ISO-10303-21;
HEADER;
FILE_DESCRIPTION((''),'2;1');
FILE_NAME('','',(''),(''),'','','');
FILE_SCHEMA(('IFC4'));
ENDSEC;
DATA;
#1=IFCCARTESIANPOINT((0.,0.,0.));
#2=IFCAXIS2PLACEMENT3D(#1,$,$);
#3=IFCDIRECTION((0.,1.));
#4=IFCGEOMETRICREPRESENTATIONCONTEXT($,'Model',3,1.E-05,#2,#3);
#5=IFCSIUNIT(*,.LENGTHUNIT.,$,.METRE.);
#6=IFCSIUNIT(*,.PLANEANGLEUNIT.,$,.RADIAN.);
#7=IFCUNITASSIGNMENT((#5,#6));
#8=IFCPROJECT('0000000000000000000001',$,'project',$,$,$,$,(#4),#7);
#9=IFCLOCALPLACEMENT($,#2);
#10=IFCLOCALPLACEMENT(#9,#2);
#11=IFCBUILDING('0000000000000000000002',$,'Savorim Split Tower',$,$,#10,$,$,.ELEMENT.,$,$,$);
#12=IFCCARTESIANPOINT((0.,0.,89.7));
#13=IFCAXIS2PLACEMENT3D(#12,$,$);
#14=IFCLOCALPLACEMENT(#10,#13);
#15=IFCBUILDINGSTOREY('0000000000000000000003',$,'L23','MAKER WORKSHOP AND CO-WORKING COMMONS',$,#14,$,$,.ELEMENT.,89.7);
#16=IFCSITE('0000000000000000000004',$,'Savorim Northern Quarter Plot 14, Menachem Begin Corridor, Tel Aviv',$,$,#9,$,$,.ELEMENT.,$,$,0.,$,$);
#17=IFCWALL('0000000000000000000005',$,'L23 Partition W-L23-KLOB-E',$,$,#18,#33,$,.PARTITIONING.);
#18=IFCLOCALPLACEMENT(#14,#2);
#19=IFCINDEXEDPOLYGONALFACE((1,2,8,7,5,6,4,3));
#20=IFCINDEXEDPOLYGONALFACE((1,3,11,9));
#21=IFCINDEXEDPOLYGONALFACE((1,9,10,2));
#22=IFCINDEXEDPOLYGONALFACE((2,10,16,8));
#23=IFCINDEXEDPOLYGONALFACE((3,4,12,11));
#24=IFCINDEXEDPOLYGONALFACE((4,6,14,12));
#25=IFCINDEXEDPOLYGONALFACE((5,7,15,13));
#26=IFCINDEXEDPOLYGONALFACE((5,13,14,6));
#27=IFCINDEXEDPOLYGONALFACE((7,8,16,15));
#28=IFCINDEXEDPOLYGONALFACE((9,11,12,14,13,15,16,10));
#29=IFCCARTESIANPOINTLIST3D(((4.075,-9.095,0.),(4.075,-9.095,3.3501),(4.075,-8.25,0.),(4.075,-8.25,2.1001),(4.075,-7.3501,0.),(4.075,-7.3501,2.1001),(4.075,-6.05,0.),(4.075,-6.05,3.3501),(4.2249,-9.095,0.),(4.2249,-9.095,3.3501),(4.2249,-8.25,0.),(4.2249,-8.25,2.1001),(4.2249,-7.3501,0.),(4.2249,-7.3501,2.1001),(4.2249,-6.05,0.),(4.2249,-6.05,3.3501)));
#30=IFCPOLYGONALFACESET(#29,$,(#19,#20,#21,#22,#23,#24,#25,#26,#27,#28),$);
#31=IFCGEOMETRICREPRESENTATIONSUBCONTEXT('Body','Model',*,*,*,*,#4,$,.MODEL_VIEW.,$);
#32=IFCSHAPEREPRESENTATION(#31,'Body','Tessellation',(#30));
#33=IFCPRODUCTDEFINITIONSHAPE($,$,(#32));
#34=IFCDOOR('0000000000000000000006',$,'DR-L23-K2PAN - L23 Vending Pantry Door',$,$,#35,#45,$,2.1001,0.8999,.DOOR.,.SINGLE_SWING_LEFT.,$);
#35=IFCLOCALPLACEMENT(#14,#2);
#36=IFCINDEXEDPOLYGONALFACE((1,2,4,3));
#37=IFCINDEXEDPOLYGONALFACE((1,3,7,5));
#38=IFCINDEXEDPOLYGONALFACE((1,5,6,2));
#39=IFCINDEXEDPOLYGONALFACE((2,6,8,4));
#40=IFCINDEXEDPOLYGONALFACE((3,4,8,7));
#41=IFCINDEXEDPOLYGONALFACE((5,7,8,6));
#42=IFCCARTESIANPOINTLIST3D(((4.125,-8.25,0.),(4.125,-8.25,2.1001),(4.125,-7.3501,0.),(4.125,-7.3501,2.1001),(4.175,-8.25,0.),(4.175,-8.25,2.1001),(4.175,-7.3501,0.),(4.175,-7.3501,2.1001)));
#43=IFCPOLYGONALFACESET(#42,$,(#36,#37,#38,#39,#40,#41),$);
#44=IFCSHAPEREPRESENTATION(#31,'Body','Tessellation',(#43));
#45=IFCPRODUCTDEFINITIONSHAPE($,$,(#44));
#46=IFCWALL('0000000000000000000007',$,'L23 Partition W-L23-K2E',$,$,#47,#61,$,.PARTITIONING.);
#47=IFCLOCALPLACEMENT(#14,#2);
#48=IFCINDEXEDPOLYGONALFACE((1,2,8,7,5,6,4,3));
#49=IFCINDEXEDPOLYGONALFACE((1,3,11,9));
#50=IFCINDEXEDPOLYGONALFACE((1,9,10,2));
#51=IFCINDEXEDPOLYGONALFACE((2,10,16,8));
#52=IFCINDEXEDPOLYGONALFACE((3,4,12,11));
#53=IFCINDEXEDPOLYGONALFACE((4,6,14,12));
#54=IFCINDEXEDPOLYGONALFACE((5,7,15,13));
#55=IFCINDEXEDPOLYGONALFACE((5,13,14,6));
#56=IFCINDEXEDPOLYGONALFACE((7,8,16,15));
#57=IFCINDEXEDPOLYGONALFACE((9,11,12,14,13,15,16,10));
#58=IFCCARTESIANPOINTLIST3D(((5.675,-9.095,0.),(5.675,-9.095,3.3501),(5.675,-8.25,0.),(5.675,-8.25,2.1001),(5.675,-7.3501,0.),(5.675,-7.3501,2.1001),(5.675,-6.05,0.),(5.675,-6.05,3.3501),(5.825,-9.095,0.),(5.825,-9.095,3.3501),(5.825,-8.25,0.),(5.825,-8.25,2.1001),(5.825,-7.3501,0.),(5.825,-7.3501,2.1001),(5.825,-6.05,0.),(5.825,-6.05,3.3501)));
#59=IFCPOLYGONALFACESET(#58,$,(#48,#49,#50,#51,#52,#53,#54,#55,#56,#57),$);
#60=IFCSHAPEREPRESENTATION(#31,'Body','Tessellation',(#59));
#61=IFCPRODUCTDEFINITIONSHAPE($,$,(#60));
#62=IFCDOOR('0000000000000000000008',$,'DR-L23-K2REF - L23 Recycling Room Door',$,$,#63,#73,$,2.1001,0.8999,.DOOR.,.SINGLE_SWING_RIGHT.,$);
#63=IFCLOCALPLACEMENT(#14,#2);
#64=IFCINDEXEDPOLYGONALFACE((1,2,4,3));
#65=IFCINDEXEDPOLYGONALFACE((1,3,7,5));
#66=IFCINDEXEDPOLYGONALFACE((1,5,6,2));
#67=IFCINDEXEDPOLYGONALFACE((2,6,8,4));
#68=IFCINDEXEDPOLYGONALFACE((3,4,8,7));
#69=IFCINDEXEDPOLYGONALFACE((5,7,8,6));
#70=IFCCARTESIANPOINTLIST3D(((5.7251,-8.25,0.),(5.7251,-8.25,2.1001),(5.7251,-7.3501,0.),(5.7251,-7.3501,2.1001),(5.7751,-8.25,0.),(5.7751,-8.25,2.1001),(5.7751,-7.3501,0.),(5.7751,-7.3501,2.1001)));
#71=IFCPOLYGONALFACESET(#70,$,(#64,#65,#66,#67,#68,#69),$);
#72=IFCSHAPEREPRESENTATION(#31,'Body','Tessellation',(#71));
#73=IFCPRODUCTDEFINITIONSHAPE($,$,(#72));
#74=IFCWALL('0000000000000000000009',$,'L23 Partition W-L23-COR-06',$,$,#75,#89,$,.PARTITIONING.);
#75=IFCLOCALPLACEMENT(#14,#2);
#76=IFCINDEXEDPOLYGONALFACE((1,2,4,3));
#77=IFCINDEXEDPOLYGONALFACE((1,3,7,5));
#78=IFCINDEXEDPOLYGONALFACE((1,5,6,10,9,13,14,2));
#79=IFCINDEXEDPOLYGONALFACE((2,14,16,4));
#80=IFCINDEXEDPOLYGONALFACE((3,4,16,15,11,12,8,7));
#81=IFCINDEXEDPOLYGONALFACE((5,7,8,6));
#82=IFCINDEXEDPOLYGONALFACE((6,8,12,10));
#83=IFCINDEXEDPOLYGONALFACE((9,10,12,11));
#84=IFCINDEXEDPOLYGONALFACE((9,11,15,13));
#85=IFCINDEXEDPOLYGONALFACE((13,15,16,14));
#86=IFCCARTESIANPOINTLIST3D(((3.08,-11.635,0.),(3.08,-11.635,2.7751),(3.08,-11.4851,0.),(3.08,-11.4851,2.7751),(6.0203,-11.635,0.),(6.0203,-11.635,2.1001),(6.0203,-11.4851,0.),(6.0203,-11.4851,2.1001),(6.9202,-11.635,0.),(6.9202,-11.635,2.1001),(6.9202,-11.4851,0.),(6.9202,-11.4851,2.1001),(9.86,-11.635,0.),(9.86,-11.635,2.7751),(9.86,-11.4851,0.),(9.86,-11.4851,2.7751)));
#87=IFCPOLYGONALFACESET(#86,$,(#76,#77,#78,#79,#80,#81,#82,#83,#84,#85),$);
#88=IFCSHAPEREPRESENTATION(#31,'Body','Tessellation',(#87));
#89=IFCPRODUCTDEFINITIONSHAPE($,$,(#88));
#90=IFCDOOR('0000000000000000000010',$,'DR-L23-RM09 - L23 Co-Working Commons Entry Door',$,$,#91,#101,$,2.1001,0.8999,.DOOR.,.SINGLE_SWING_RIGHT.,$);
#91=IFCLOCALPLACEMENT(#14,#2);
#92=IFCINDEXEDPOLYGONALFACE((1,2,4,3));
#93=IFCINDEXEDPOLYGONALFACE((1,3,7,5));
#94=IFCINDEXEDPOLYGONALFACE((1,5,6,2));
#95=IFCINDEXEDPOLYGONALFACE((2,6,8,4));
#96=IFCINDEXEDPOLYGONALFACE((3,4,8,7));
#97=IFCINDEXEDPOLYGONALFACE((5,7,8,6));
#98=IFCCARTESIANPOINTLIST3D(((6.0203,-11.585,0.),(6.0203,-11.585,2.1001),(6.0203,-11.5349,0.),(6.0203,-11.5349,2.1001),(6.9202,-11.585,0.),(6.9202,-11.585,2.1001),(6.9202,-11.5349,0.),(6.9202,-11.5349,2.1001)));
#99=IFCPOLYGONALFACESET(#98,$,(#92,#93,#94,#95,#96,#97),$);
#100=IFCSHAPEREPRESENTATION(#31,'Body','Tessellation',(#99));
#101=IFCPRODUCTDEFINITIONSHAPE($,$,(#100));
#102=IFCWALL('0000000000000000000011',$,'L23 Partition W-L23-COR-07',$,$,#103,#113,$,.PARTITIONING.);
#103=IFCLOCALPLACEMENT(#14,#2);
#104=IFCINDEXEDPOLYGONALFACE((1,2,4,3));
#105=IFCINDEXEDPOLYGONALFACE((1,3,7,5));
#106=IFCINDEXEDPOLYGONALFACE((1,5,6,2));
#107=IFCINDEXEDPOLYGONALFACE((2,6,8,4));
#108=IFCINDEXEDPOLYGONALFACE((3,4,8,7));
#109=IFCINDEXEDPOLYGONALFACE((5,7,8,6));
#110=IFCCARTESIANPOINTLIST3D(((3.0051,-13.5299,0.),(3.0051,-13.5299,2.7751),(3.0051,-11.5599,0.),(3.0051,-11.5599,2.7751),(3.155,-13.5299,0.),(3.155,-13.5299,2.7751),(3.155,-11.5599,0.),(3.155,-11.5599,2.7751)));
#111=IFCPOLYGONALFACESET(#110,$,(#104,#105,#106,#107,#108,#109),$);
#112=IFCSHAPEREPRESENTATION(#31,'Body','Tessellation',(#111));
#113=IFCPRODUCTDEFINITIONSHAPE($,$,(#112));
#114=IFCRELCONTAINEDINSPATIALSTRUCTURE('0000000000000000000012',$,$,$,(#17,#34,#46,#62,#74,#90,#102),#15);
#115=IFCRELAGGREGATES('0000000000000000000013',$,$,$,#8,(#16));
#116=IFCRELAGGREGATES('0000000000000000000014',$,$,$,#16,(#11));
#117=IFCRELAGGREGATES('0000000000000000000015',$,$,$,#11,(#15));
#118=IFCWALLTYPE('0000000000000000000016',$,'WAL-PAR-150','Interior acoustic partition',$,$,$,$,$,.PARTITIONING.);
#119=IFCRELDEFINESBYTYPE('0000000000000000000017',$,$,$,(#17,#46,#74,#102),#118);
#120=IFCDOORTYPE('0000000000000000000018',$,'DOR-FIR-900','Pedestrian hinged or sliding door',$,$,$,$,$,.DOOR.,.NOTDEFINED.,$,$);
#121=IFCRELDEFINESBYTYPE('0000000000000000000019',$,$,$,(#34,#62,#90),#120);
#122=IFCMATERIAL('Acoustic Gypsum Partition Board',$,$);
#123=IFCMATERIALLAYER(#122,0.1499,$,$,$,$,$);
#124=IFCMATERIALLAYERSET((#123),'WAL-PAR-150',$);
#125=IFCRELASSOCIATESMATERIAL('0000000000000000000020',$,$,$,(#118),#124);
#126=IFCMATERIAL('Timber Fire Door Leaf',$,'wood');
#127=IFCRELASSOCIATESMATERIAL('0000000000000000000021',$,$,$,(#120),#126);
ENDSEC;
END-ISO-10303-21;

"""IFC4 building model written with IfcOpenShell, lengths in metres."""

from ifc_helpers import new_model, si_unit, direction, frame, frame_2d, origin, place, context, subcontext, project, spatial, rectangle, extrude, material, layer, layer_set, type_object, element, fill, save


model = new_model("IFC4")

# Units and contexts
model_context = context("Model", 3, precision=1e-05, world=origin(), true_north=direction((0.0, 1.0)))
body_context = subcontext(model_context, "Body", "Model", "MODEL_VIEW")
ifc_project = project(units=[si_unit("LENGTHUNIT", "METRE"), si_unit("PLANEANGLEUNIT", "RADIAN")], contexts=[model_context])

# Site, building, storey
site_placement = place(None, origin())
site = spatial("IfcSite", under=ifc_project, at=site_placement, Name="Savorim Northern Quarter Plot 14, Menachem Begin Corridor, Tel Aviv", CompositionType="ELEMENT", RefElevation=0.0)
building_placement = place(site_placement, origin())
building = spatial("IfcBuilding", under=site, at=building_placement, Name="Savorim Split Tower", CompositionType="ELEMENT")
storey_placement = place(building_placement, frame((0.0, 0.0, 89.7)))
storey = spatial("IfcBuildingStorey", under=building, at=storey_placement, Name="L23", Description="MAKER WORKSHOP AND CO-WORKING COMMONS", CompositionType="ELEMENT", Elevation=89.7)

# Shared definitions
ifc_material_1 = material(Name="Acoustic Gypsum Partition Board")
ifc_layer_1 = layer(ifc_material_1, 0.1499)
ifc_layer_set_1 = layer_set([ifc_layer_1], Name="WAL-PAR-150")
wall_type_1 = type_object("IfcWallType", Name="WAL-PAR-150", Description="Interior acoustic partition", PredefinedType="PARTITIONING", material=ifc_layer_set_1)

# Walls, openings, doors
wall_1_placement = place(storey_placement, frame((4.1499, -9.095, 0.0), z_axis=(0.0, 0.0, 1.0), x_axis=(0.0, 1.0, 0.0)))
wall_1 = element("IfcWall", 1, at=wall_1_placement, inside=storey, type_object=wall_type_1, Name="L23 Partition W-L23-KLOB-E", PredefinedType="PARTITIONING", context=body_context, shape_type="SweptSolid", body=[
    extrude(rectangle(XDim=3.0449, YDim=0.1499, at=frame_2d((1.5225, 0.0))), origin(), (0.0, 0.0, 1.0), 3.3501),
])
opening_1_placement = place(wall_1_placement, frame((0.845, 0.0, 0.0)))
opening_1 = element("IfcOpeningElement", 2, at=opening_1_placement, cuts=wall_1, PredefinedType="OPENING", context=body_context, shape_type="SweptSolid", body=[
    extrude(rectangle(XDim=0.8999, YDim=2.1001, at=frame_2d((0.45, 1.05))), frame((0.0, 0.085, 0.0), z_axis=(0.0, -1.0, 0.0), x_axis=(1.0, 0.0, 0.0)), (0.0, 0.0, 1.0), 0.1699),
])
ifc_material_2 = material(Name="Timber Fire Door Leaf", Category="wood")
door_type_1 = type_object("IfcDoorType", Name="DOR-FIR-900", Description="Pedestrian hinged or sliding door", OperationType="NOTDEFINED", PredefinedType="DOOR", material=ifc_material_2)
door_1_placement = place(opening_1_placement, origin())
door_1 = element("IfcDoor", 3, at=door_1_placement, inside=storey, type_object=door_type_1, Name="DR-L23-K2PAN - L23 Vending Pantry Door", OperationType="SINGLE_SWING_LEFT", OverallHeight=2.1001, OverallWidth=0.8999, PredefinedType="DOOR", context=body_context, shape_type="SweptSolid", body=[
    extrude(rectangle(XDim=0.8999, YDim=2.1001, at=frame_2d((0.45, 1.05))), frame((0.0, 0.0249, 0.0), z_axis=(0.0, -1.0, 0.0), x_axis=(1.0, 0.0, 0.0)), (0.0, 0.0, 1.0), 0.05),
])
fill(opening_1, door_1)
wall_2_placement = place(storey_placement, frame((5.75, -9.095, 0.0), z_axis=(0.0, 0.0, 1.0), x_axis=(0.0, 1.0, 0.0)))
wall_2 = element("IfcWall", 4, at=wall_2_placement, inside=storey, type_object=wall_type_1, Name="L23 Partition W-L23-K2E", PredefinedType="PARTITIONING", context=body_context, shape_type="SweptSolid", body=[
    extrude(rectangle(XDim=3.0449, YDim=0.1499, at=frame_2d((1.5225, 0.0))), origin(), (0.0, 0.0, 1.0), 3.3501),
])
opening_2_placement = place(wall_2_placement, frame((0.845, 0.0, 0.0)))
opening_2 = element("IfcOpeningElement", 5, at=opening_2_placement, cuts=wall_2, PredefinedType="OPENING", context=body_context, shape_type="SweptSolid", body=[
    extrude(rectangle(XDim=0.8999, YDim=2.1001, at=frame_2d((0.45, 1.05))), frame((0.0, 0.085, 0.0), z_axis=(0.0, -1.0, 0.0), x_axis=(1.0, 0.0, 0.0)), (0.0, 0.0, 1.0), 0.1699),
])
door_2_placement = place(opening_2_placement, origin())
door_2 = element("IfcDoor", 6, at=door_2_placement, inside=storey, type_object=door_type_1, Name="DR-L23-K2REF - L23 Recycling Room Door", OperationType="SINGLE_SWING_RIGHT", OverallHeight=2.1001, OverallWidth=0.8999, PredefinedType="DOOR", context=body_context, shape_type="SweptSolid", body=[
    extrude(rectangle(XDim=0.8999, YDim=2.1001, at=frame_2d((0.45, 1.05))), frame((0.0, 0.0249, 0.0), z_axis=(0.0, -1.0, 0.0), x_axis=(1.0, 0.0, 0.0)), (0.0, 0.0, 1.0), 0.05),
])
fill(opening_2, door_2)
wall_3_placement = place(storey_placement, frame((9.8601, -11.5601, 0.0), z_axis=(0.0, 0.0, 1.0), x_axis=(-1.0, 0.0, 0.0)))
wall_3 = element("IfcWall", 7, at=wall_3_placement, inside=storey, type_object=wall_type_1, Name="L23 Partition W-L23-COR-06", PredefinedType="PARTITIONING", context=body_context, shape_type="SweptSolid", body=[
    extrude(rectangle(XDim=6.78, YDim=0.1499, at=frame_2d((3.3901, 0.0))), origin(), (0.0, 0.0, 1.0), 2.7751),
])
opening_3_placement = place(wall_3_placement, frame((2.9399, 0.0, 0.0)))
opening_3 = element("IfcOpeningElement", 8, at=opening_3_placement, cuts=wall_3, PredefinedType="OPENING", context=body_context, shape_type="SweptSolid", body=[
    extrude(rectangle(XDim=0.8999, YDim=2.1001, at=frame_2d((0.45, 1.05))), frame((0.0, 0.085, 0.0), z_axis=(0.0, -1.0, 0.0), x_axis=(1.0, 0.0, 0.0)), (0.0, 0.0, 1.0), 0.1699),
])
door_3_placement = place(opening_3_placement, origin())
door_3 = element("IfcDoor", 9, at=door_3_placement, inside=storey, type_object=door_type_1, Name="DR-L23-RM09 - L23 Co-Working Commons Entry Door", OperationType="SINGLE_SWING_RIGHT", OverallHeight=2.1001, OverallWidth=0.8999, PredefinedType="DOOR", context=body_context, shape_type="SweptSolid", body=[
    extrude(rectangle(XDim=0.8999, YDim=2.1001, at=frame_2d((0.45, 1.05))), frame((0.0, 0.0249, 0.0), z_axis=(0.0, -1.0, 0.0), x_axis=(1.0, 0.0, 0.0)), (0.0, 0.0, 1.0), 0.05),
])
fill(opening_3, door_3)

# Wall
wall_4_placement = place(storey_placement, frame((3.0801, -11.5601, 0.0), z_axis=(0.0, 0.0, 1.0), x_axis=(0.0, -1.0, 0.0)))
element("IfcWall", 10, at=wall_4_placement, inside=storey, type_object=wall_type_1, Name="L23 Partition W-L23-COR-07", PredefinedType="PARTITIONING", context=body_context, shape_type="SweptSolid", body=[
    extrude(rectangle(XDim=1.97, YDim=0.1499, at=frame_2d((0.9849, 0.0))), origin(), (0.0, 0.0, 1.0), 2.7751),
])

save(model, "model.ifc")
